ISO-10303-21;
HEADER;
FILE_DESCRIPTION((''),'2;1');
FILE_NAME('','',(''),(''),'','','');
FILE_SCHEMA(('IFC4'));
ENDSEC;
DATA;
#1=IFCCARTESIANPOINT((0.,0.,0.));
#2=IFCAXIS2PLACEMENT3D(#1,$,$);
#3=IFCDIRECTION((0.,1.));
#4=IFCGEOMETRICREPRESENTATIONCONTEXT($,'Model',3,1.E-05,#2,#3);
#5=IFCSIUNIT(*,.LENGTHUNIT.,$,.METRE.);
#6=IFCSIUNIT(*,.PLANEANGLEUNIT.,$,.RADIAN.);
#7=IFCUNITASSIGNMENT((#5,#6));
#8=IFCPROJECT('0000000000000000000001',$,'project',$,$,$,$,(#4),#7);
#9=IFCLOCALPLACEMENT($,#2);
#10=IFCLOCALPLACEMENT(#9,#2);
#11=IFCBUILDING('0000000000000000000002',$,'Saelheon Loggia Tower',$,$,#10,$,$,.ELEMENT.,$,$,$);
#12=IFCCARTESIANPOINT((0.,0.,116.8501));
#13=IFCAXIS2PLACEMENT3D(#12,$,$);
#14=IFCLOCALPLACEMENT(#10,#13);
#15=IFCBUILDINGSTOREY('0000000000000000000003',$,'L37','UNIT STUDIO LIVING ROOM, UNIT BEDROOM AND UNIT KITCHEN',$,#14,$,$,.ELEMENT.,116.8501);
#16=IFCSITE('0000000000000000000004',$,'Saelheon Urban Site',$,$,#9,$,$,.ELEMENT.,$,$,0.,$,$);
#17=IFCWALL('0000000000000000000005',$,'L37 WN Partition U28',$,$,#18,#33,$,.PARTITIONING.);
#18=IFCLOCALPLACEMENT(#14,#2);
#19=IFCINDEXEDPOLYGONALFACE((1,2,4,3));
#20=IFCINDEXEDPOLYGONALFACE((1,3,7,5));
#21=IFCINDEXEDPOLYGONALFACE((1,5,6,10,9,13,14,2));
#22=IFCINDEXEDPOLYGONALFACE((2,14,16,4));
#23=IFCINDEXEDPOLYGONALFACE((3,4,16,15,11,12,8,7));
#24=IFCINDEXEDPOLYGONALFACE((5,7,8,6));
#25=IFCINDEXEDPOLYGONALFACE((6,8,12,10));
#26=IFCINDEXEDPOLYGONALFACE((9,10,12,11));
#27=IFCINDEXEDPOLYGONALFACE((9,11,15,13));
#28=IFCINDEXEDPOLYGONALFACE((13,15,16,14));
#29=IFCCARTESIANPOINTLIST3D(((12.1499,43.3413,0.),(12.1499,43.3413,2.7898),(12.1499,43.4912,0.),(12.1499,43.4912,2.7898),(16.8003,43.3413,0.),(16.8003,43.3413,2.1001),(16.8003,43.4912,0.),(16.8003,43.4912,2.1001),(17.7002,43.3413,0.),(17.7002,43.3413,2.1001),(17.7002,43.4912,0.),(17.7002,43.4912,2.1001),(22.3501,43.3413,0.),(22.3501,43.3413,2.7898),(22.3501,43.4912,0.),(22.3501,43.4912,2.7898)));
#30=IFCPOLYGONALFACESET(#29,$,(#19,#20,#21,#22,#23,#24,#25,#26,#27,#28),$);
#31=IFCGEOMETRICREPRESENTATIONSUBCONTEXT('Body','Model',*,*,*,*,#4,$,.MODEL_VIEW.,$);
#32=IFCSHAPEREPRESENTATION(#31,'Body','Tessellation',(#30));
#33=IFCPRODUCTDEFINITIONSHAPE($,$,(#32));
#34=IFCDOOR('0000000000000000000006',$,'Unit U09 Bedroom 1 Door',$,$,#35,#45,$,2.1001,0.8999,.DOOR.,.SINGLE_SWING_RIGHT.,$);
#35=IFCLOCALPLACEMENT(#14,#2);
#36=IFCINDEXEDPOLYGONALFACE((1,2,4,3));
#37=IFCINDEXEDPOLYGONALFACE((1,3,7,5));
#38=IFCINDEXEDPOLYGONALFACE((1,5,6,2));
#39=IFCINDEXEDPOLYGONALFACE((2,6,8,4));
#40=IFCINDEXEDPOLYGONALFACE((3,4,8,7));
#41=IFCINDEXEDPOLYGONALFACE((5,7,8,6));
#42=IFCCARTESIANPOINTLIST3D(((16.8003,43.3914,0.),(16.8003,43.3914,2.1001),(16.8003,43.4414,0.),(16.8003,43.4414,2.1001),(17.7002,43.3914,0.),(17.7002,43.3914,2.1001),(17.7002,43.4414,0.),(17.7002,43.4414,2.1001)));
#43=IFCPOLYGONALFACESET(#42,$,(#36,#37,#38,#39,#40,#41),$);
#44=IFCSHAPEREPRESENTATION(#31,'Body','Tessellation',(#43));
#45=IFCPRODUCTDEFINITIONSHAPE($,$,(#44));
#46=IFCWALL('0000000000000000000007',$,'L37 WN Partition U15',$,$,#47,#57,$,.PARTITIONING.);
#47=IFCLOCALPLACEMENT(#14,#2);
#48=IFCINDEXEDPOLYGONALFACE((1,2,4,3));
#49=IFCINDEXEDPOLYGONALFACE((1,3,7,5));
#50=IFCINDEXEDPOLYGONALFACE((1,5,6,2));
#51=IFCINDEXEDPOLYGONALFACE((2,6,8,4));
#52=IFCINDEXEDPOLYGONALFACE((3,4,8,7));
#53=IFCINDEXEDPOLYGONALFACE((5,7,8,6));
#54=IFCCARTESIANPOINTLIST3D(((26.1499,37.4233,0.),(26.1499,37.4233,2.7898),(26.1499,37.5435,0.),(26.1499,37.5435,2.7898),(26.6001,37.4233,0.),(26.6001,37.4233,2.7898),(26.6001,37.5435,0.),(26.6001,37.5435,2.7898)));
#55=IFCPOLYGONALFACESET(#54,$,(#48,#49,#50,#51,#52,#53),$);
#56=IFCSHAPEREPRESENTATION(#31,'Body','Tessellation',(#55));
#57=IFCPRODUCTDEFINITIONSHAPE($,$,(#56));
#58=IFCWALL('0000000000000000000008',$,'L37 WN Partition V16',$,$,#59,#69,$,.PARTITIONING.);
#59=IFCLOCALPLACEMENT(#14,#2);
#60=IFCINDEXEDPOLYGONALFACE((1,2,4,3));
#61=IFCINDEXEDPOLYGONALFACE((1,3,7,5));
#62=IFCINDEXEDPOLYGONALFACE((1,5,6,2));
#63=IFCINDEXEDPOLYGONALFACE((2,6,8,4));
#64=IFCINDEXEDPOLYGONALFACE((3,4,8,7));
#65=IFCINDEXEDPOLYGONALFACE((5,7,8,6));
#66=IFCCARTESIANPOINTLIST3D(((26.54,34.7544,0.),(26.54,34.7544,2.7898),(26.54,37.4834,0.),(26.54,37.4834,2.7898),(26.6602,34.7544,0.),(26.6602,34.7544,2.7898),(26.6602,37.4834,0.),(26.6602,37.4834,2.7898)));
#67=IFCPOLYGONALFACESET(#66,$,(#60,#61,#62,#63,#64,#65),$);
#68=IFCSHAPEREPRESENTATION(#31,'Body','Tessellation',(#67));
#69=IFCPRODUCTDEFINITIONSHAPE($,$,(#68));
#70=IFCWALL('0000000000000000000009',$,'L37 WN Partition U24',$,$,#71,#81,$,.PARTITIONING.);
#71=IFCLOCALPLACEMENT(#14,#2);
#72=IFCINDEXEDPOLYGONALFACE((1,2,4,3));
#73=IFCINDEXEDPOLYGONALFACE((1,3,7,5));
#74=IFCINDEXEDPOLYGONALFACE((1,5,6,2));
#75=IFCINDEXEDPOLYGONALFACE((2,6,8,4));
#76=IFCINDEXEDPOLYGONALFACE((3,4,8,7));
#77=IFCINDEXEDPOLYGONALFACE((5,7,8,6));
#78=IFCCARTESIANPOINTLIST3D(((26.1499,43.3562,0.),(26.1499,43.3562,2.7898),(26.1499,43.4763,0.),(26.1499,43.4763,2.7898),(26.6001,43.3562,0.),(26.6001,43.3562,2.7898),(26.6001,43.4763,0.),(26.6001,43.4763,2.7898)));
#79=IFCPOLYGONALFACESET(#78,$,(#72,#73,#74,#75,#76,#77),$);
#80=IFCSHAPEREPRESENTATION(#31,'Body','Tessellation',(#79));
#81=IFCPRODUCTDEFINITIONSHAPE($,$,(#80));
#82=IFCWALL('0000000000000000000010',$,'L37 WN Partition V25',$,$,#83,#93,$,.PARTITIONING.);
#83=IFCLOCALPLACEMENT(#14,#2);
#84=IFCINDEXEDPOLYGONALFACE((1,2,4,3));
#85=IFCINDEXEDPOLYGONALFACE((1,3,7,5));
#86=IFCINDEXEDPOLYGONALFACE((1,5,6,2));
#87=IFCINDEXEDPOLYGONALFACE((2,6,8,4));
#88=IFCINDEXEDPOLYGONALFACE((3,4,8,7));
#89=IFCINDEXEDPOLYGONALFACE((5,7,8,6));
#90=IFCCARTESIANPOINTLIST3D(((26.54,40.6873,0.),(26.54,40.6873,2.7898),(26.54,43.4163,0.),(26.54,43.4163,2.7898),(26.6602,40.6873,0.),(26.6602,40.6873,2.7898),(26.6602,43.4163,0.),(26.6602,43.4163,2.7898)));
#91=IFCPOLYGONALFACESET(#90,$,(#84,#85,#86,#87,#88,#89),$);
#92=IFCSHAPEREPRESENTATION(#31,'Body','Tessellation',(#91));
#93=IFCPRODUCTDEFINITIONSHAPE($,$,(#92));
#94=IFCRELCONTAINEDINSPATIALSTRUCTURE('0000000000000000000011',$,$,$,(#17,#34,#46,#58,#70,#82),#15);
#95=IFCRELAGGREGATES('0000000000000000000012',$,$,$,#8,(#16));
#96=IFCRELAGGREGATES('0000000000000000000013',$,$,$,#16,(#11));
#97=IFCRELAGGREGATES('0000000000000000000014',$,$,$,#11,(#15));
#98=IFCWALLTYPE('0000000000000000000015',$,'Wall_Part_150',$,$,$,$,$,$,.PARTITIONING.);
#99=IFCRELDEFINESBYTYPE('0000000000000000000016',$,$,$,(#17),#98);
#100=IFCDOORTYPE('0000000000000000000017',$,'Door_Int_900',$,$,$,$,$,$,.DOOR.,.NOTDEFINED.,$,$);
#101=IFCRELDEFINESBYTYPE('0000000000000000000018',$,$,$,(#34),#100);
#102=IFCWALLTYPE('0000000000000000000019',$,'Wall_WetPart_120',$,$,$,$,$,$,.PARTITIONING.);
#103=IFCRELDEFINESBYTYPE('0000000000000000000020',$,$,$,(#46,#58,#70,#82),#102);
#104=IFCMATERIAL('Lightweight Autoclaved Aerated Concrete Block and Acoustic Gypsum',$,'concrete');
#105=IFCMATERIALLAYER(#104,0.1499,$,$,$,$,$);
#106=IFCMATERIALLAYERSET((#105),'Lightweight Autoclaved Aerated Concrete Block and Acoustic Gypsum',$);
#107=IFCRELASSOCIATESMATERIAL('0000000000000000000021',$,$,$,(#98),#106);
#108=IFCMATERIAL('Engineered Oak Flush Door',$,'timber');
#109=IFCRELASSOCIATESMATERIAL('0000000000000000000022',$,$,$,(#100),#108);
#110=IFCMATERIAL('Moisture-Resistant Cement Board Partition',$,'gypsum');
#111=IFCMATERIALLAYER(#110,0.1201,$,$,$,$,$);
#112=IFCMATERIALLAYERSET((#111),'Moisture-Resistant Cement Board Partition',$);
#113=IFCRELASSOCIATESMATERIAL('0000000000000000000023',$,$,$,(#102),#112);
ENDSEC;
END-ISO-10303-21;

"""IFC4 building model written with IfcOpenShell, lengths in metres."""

from ifc_helpers import new_model, si_unit, direction, frame, frame_2d, origin, place, context, subcontext, project, spatial, rectangle, extrude, source, transform, mapped, material, layer, layer_set, type_object, element, fill, save


model = new_model("IFC4")

# Units and contexts
model_context = context("Model", 3, precision=1e-05, world=origin(), true_north=direction((0.0, 1.0)))
body_context = subcontext(model_context, "Body", "Model", "MODEL_VIEW")
ifc_project = project(units=[si_unit("LENGTHUNIT", "METRE"), si_unit("PLANEANGLEUNIT", "RADIAN")], contexts=[model_context])

# Site, building, storey
site_placement = place(None, origin())
site = spatial("IfcSite", under=ifc_project, at=site_placement, Name="Saelheon Urban Site", CompositionType="ELEMENT", RefElevation=0.0)
building_placement = place(site_placement, origin())
building = spatial("IfcBuilding", under=site, at=building_placement, Name="Saelheon Loggia Tower", CompositionType="ELEMENT")
storey_placement = place(building_placement, frame((0.0, 0.0, 116.8501)))
storey = spatial("IfcBuildingStorey", under=building, at=storey_placement, Name="L37", Description="UNIT STUDIO LIVING ROOM, UNIT BEDROOM AND UNIT KITCHEN", CompositionType="ELEMENT", Elevation=116.8501)

# Shared definitions
ifc_material_1 = material(Name="Lightweight Autoclaved Aerated Concrete Block and Acoustic Gypsum", Category="concrete")
ifc_layer_1 = layer(ifc_material_1, 0.1499)
ifc_layer_set_1 = layer_set([ifc_layer_1], Name="Lightweight Autoclaved Aerated Concrete Block and Acoustic Gypsum")
wall_type_1 = type_object("IfcWallType", Name="Wall_Part_150", PredefinedType="PARTITIONING", material=ifc_layer_set_1)
ifc_material_2 = material(Name="Engineered Oak Flush Door", Category="timber")
door_type = type_object("IfcDoorType", Name="Door_Int_900", OperationType="NOTDEFINED", PredefinedType="DOOR", material=ifc_material_2)
shared_shape_1 = source(origin(), body_context, "Body", "SweptSolid", [
    extrude(rectangle(XDim=0.8999, YDim=2.1001, at=frame_2d((0.45, 1.05))), frame((0.0, 0.0249, 0.0), z_axis=(0.0, -1.0, 0.0), x_axis=(1.0, 0.0, 0.0)), (0.0, 0.0, 1.0), 0.05),
])

# Wall, opening, door
wall_1_placement = place(storey_placement, frame((22.3501, 43.4163, 0.0), z_axis=(0.0, 0.0, 1.0), x_axis=(-1.0, 0.0, 0.0)))
wall_1 = element("IfcWall", 1, at=wall_1_placement, inside=storey, type_object=wall_type_1, Name="L37 WN Partition U28", PredefinedType="PARTITIONING", context=body_context, shape_type="SweptSolid", body=[
    extrude(rectangle(XDim=10.2002, YDim=0.1499, at=frame_2d((5.1001, 0.0))), origin(), (0.0, 0.0, 1.0), 2.7898),
])
opening_1_placement = place(wall_1_placement, frame((4.6499, 0.0, 0.0)))
opening_1 = element("IfcOpeningElement", 2, at=opening_1_placement, cuts=wall_1, PredefinedType="OPENING", context=body_context, shape_type="SweptSolid", body=[
    extrude(rectangle(XDim=0.8999, YDim=2.1001, at=frame_2d((0.45, 1.05))), frame((0.0, 0.0869, 0.0), z_axis=(0.0, -1.0, 0.0), x_axis=(1.0, 0.0, 0.0)), (0.0, 0.0, 1.0), 0.1738),
])
door_1_placement = place(opening_1_placement, origin())
door_1 = element("IfcDoor", 3, at=door_1_placement, inside=storey, type_object=door_type, Name="Unit U09 Bedroom 1 Door", OperationType="SINGLE_SWING_RIGHT", OverallHeight=2.1001, OverallWidth=0.8999, PredefinedType="DOOR", context=body_context, shape_type="MappedRepresentation", body=[
    mapped(shared_shape_1, transform((0.0, 0.0, 0.0), scale=1.0)),
])
fill(opening_1, door_1)

# Walls
ifc_material_3 = material(Name="Moisture-Resistant Cement Board Partition", Category="gypsum")
ifc_layer_2 = layer(ifc_material_3, 0.1201)
ifc_layer_set_2 = layer_set([ifc_layer_2], Name="Moisture-Resistant Cement Board Partition")
wall_type_2 = type_object("IfcWallType", Name="Wall_WetPart_120", PredefinedType="PARTITIONING", material=ifc_layer_set_2)
wall_2_placement = place(storey_placement, frame((26.6001, 37.4834, 0.0), z_axis=(0.0, 0.0, 1.0), x_axis=(-1.0, 0.0, 0.0)))
element("IfcWall", 4, at=wall_2_placement, inside=storey, type_object=wall_type_2, Name="L37 WN Partition U15", PredefinedType="PARTITIONING", context=body_context, shape_type="SweptSolid", body=[
    extrude(rectangle(XDim=0.4502, YDim=0.1201, at=frame_2d((0.2251, 0.0))), origin(), (0.0, 0.0, 1.0), 2.7898),
])
wall_3_placement = place(storey_placement, frame((26.6001, 34.7544, 0.0), z_axis=(0.0, 0.0, 1.0), x_axis=(0.0, 1.0, 0.0)))
element("IfcWall", 5, at=wall_3_placement, inside=storey, type_object=wall_type_2, Name="L37 WN Partition V16", PredefinedType="PARTITIONING", context=body_context, shape_type="SweptSolid", body=[
    extrude(rectangle(XDim=2.729, YDim=0.1201, at=frame_2d((1.3645, 0.0))), origin(), (0.0, 0.0, 1.0), 2.7898),
])
wall_4_placement = place(storey_placement, frame((26.6001, 43.4163, 0.0), z_axis=(0.0, 0.0, 1.0), x_axis=(-1.0, 0.0, 0.0)))
element("IfcWall", 6, at=wall_4_placement, inside=storey, type_object=wall_type_2, Name="L37 WN Partition U24", PredefinedType="PARTITIONING", context=body_context, shape_type="SweptSolid", body=[
    extrude(rectangle(XDim=0.4502, YDim=0.1201, at=frame_2d((0.2251, 0.0))), origin(), (0.0, 0.0, 1.0), 2.7898),
])
wall_5_placement = place(storey_placement, frame((26.6001, 40.6873, 0.0), z_axis=(0.0, 0.0, 1.0), x_axis=(0.0, 1.0, 0.0)))
element("IfcWall", 7, at=wall_5_placement, inside=storey, type_object=wall_type_2, Name="L37 WN Partition V25", PredefinedType="PARTITIONING", context=body_context, shape_type="SweptSolid", body=[
    extrude(rectangle(XDim=2.729, YDim=0.1201, at=frame_2d((1.3645, 0.0))), origin(), (0.0, 0.0, 1.0), 2.7898),
])

save(model, "model.ifc")
